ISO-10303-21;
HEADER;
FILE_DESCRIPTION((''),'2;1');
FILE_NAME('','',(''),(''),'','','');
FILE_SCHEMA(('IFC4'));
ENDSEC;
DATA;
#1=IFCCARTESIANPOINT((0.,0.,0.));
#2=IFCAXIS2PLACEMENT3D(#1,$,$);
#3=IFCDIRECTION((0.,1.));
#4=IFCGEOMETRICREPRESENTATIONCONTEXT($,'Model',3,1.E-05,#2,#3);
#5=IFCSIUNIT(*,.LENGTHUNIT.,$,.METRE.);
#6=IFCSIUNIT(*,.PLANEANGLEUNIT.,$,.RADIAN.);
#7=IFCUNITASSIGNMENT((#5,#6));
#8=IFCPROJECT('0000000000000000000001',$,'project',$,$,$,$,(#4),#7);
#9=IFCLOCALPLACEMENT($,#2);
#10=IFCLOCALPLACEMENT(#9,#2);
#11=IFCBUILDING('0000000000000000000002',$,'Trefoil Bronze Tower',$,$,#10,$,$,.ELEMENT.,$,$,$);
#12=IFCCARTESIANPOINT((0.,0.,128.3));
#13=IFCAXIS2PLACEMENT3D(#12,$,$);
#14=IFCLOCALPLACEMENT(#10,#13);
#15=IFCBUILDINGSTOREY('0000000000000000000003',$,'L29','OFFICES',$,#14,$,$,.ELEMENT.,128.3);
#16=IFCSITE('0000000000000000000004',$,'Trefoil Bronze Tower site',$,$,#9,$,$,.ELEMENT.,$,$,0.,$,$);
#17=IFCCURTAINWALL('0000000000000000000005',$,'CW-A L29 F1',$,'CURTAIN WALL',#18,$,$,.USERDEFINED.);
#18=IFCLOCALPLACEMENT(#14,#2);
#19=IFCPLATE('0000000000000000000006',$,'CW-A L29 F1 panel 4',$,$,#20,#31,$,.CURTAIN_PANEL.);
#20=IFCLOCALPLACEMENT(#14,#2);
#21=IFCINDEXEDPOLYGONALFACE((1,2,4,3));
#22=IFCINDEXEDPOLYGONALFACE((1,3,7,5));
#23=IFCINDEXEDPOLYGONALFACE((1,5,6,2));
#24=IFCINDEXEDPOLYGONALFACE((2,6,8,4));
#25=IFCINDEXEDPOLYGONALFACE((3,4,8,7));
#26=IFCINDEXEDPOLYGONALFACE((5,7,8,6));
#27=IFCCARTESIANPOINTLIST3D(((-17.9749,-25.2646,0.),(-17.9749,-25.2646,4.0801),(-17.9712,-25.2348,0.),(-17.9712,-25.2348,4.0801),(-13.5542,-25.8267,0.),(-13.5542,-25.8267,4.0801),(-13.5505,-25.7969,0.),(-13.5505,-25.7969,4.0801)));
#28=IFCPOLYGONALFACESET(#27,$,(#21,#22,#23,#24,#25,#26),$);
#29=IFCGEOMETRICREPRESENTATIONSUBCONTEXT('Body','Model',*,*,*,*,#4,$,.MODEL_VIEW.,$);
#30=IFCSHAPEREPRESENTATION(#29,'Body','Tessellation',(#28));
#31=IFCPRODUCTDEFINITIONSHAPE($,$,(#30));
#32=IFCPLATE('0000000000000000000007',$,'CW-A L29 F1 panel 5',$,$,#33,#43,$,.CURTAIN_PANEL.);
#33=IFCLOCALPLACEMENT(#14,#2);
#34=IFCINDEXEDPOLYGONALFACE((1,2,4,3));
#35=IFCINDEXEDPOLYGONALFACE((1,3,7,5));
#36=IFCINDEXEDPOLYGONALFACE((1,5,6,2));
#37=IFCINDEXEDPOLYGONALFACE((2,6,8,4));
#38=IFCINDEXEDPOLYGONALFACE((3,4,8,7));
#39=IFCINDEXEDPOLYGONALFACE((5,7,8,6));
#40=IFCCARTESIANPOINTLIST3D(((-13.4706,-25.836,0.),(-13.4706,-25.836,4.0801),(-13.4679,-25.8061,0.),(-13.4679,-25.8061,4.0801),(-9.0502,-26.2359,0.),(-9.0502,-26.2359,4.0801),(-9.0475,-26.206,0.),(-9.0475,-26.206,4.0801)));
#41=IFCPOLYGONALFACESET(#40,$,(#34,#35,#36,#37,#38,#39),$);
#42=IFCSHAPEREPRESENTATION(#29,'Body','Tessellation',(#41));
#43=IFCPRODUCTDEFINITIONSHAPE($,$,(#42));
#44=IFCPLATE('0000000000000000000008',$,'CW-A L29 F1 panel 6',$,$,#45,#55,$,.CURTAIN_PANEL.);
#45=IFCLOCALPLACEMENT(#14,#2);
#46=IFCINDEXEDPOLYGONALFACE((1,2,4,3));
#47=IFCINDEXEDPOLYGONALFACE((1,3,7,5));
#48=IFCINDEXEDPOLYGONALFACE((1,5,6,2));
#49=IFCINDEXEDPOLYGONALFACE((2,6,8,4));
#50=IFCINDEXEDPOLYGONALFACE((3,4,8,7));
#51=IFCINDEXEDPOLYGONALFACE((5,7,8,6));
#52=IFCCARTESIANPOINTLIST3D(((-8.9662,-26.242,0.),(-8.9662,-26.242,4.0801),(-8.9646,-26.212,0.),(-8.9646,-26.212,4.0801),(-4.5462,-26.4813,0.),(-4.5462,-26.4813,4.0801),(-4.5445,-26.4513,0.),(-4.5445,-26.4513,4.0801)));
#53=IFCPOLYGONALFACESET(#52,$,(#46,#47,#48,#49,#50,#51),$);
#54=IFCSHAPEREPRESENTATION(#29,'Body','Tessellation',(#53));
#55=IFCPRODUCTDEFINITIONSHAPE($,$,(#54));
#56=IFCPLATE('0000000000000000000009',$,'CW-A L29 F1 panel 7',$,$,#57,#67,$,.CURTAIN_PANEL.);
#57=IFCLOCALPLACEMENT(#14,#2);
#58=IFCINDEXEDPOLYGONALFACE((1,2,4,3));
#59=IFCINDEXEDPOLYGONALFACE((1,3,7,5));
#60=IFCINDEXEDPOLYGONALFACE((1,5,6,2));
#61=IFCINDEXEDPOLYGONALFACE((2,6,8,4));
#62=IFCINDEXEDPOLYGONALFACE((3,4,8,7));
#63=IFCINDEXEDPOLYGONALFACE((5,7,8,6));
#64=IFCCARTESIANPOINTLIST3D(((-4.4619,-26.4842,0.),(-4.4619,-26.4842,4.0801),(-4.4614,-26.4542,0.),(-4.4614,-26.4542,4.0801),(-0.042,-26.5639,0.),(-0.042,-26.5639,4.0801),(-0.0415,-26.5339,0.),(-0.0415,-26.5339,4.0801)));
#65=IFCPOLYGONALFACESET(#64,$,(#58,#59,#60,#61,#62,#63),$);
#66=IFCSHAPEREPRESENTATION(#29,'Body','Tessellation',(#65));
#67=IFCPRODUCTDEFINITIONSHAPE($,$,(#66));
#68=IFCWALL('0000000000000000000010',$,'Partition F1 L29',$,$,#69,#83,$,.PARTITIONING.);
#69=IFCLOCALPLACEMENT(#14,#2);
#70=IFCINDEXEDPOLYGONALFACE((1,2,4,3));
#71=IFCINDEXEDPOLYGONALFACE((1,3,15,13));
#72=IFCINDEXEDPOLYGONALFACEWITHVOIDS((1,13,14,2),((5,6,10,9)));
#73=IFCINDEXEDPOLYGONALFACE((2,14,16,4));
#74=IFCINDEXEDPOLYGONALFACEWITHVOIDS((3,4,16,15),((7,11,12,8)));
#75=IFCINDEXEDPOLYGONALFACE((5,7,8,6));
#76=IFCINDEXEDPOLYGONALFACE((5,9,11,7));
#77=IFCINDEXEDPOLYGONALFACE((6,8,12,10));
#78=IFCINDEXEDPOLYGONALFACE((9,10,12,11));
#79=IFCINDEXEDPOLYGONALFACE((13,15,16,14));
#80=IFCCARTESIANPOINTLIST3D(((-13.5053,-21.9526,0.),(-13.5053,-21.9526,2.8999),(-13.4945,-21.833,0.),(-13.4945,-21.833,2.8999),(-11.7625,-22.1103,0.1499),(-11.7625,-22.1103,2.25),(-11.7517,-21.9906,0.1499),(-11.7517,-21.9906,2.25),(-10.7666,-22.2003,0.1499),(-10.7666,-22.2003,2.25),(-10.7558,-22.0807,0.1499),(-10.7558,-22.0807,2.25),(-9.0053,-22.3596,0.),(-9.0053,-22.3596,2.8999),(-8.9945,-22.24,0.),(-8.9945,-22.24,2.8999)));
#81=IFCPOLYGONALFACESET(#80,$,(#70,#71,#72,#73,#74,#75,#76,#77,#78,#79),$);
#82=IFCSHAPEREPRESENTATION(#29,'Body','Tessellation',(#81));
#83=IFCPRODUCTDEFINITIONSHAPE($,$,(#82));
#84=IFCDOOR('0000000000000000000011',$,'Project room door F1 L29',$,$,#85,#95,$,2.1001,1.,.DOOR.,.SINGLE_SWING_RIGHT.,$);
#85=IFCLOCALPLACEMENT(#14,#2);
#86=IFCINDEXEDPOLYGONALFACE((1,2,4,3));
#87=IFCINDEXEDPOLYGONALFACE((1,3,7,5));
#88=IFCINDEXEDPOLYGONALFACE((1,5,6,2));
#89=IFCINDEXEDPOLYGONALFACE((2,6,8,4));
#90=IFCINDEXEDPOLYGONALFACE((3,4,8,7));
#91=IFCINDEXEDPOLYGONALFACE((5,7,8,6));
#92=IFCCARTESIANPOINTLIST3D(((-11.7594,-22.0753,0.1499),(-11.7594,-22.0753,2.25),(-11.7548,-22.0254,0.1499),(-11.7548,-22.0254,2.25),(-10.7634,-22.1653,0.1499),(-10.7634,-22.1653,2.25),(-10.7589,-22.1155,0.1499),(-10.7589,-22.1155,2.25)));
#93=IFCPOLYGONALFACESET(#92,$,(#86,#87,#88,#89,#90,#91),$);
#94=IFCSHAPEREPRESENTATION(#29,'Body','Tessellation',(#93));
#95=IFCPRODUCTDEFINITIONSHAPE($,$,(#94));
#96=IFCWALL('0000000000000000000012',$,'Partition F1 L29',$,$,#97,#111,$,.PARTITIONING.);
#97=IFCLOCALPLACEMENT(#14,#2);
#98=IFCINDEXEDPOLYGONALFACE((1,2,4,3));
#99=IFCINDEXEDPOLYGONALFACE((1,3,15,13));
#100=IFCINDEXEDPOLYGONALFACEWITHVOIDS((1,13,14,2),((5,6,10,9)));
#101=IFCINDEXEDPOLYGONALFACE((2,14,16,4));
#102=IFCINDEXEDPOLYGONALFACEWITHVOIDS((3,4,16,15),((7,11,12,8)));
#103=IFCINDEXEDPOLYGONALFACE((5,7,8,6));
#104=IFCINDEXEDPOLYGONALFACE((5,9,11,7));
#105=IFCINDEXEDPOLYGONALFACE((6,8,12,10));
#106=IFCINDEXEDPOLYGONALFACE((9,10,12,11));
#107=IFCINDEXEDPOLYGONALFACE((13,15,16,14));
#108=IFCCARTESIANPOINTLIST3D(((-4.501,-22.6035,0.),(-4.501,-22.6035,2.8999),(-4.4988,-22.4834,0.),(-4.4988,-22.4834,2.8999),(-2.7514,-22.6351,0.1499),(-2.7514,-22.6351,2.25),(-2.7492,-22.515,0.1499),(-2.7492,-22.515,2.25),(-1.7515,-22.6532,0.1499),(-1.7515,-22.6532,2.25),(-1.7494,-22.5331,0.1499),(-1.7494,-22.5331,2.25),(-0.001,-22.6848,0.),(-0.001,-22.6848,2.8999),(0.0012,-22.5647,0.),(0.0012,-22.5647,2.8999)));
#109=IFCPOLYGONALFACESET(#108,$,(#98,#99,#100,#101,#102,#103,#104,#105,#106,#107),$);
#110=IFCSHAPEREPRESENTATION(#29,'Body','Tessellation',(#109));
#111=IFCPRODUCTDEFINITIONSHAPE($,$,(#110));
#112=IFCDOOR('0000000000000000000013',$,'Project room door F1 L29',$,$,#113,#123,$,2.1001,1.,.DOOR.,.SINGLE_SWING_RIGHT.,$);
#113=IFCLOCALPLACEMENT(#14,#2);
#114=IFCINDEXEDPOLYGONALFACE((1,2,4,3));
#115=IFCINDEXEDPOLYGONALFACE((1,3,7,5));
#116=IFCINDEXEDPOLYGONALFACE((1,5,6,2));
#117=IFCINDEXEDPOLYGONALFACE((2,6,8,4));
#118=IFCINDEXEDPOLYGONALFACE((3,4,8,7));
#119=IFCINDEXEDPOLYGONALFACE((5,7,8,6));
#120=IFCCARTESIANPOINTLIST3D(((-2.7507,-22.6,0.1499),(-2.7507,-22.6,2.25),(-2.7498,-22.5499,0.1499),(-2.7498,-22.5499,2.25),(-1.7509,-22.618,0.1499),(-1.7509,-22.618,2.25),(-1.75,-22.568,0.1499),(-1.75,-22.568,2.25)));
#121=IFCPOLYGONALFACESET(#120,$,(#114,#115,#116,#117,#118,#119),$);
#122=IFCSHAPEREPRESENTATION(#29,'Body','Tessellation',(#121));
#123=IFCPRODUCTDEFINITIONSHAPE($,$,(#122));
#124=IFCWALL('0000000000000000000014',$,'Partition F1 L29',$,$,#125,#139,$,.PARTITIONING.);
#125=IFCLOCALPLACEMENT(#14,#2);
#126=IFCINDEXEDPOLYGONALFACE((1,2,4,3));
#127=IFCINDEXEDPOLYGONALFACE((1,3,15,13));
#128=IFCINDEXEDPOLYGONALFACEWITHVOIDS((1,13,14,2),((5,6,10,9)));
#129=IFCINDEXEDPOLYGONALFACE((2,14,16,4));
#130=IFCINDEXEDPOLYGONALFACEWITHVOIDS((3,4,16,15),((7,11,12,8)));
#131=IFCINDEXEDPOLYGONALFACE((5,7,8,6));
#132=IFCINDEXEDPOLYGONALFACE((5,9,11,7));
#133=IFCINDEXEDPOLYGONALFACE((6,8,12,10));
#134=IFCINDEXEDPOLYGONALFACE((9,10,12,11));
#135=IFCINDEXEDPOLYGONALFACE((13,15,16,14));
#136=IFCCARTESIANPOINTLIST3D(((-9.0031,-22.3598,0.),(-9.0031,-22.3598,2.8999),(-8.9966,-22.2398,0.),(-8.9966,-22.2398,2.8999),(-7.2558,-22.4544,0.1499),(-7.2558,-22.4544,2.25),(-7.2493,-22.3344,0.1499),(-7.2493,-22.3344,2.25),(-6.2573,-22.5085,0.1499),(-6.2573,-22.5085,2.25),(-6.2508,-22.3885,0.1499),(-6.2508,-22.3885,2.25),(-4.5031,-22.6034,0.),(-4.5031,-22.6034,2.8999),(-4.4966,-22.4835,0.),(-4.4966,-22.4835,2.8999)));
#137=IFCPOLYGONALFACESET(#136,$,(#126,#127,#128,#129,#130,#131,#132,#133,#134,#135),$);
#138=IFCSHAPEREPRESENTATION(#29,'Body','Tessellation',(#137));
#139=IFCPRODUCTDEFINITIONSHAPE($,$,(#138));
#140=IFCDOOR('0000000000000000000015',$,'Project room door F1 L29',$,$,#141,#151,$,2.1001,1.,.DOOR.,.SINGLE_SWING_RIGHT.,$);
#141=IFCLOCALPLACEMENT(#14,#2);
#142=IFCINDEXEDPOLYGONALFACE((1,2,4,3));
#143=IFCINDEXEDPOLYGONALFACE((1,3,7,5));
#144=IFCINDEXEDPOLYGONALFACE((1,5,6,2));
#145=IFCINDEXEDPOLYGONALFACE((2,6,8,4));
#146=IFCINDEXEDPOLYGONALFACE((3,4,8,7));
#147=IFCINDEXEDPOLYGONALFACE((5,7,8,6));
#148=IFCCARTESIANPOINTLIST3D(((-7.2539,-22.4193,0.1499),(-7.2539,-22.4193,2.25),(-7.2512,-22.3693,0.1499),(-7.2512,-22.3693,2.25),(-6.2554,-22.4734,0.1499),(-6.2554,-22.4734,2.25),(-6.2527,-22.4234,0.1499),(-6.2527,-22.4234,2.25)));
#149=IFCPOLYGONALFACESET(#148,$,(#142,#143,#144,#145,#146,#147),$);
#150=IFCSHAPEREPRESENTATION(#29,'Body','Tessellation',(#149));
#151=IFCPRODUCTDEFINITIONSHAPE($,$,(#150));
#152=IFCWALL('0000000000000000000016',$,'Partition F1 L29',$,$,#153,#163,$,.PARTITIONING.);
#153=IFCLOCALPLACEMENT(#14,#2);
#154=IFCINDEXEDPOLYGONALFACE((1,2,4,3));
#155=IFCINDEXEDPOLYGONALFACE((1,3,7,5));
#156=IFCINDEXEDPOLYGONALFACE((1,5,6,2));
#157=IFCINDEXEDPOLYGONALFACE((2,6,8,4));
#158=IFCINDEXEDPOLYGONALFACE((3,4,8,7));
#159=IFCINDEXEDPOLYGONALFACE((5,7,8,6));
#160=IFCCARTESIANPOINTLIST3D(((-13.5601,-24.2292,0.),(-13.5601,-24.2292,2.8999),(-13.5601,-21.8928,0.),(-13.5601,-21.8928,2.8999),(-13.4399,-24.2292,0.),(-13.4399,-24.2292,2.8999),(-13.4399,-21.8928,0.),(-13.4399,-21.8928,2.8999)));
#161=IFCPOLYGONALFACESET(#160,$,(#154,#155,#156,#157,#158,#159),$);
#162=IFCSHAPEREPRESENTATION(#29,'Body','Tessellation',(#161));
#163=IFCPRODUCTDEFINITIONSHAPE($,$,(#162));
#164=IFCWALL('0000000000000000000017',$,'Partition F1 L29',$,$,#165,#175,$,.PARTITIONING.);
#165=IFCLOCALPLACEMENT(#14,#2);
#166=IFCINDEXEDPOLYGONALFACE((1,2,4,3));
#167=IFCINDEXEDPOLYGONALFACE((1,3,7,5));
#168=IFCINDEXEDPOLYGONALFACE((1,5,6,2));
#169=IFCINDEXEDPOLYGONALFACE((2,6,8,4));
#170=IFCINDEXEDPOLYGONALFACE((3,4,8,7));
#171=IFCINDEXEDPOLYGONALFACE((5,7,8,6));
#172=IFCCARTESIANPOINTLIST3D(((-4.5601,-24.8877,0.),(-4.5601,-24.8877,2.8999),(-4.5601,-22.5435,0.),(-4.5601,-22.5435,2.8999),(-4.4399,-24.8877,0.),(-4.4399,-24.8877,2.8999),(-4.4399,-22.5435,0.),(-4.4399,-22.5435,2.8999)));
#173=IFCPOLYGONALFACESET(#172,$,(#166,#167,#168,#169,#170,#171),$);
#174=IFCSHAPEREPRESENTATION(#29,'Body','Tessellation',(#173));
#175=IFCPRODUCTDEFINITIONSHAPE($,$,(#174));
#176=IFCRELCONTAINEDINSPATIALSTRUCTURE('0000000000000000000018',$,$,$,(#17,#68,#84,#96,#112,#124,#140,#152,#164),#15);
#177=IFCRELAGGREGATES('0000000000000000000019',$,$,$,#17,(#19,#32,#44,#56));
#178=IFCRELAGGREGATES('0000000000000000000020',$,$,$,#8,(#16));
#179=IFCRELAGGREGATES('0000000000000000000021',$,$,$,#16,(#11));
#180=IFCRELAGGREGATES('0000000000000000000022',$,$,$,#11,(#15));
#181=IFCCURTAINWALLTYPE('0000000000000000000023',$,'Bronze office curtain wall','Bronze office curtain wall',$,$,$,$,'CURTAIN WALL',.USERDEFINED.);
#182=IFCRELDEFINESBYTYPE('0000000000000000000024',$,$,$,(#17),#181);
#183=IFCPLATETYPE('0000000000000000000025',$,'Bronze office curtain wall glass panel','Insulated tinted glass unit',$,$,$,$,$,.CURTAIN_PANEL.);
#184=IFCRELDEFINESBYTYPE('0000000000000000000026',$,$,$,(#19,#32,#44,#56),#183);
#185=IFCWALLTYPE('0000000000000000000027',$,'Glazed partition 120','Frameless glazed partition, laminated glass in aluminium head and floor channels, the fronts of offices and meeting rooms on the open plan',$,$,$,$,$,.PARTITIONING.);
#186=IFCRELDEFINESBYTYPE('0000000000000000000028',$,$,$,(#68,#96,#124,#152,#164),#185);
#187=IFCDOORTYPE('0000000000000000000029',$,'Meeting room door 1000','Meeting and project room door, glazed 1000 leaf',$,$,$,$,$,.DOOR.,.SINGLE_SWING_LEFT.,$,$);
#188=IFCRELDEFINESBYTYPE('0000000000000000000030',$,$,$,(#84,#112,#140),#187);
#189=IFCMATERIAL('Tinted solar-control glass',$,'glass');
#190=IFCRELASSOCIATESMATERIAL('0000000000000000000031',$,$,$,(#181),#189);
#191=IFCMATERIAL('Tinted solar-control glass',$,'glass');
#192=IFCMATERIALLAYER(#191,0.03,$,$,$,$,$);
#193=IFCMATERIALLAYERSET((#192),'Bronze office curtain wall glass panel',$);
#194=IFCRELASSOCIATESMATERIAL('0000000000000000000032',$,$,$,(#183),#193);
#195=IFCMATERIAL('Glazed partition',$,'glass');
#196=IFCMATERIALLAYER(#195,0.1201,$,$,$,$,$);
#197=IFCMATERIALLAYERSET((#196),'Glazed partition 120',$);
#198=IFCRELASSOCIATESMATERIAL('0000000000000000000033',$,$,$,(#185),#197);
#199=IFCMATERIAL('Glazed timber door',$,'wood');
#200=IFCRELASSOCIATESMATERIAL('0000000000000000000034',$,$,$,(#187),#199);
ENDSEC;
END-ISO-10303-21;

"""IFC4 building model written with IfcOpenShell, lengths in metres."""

from ifc_helpers import new_model, si_unit, direction, frame, frame_2d, origin, origin_2d, place, context, subcontext, project, spatial, rectangle, extrude, material, layer, layer_set, type_object, element, fill, aggregate, save


model = new_model("IFC4")

# Units and contexts
model_context = context("Model", 3, precision=1e-05, world=origin(), true_north=direction((0.0, 1.0)))
body_context = subcontext(model_context, "Body", "Model", "MODEL_VIEW")
ifc_project = project(units=[si_unit("LENGTHUNIT", "METRE"), si_unit("PLANEANGLEUNIT", "RADIAN")], contexts=[model_context])

# Site, building, storey
site_placement = place(None, origin())
site = spatial("IfcSite", under=ifc_project, at=site_placement, Name="Trefoil Bronze Tower site", CompositionType="ELEMENT", RefElevation=0.0)
building_placement = place(site_placement, origin())
building = spatial("IfcBuilding", under=site, at=building_placement, Name="Trefoil Bronze Tower", CompositionType="ELEMENT")
storey_placement = place(building_placement, frame((0.0, 0.0, 128.3)))
storey = spatial("IfcBuildingStorey", under=building, at=storey_placement, Name="L29", Description="OFFICES", CompositionType="ELEMENT", Elevation=128.3)

# Curtain wall
ifc_material_1 = material(Name="Tinted solar-control glass", Category="glass")
curtain_wall_type = type_object("IfcCurtainWallType", Name="Bronze office curtain wall", Description="Bronze office curtain wall", ElementType="CURTAIN WALL", PredefinedType="USERDEFINED", material=ifc_material_1)
curtain_wall_placement = place(storey_placement, origin())
curtain_wall = element("IfcCurtainWall", 1, at=curtain_wall_placement, inside=storey, type_object=curtain_wall_type, Name="CW-A L29 F1", ObjectType="CURTAIN WALL", PredefinedType="USERDEFINED")

# Plates
ifc_material_2 = material(Name="Tinted solar-control glass", Category="glass")
ifc_layer_1 = layer(ifc_material_2, 0.03)
ifc_layer_set_1 = layer_set([ifc_layer_1], Name="Bronze office curtain wall glass panel")
plate_type = type_object("IfcPlateType", Name="Bronze office curtain wall glass panel", Description="Insulated tinted glass unit", PredefinedType="CURTAIN_PANEL", material=ifc_layer_set_1)
plate_1_placement = place(storey_placement, frame((-15.7627, -25.5308, 0.0), z_axis=(0.0, 0.0, 1.0), x_axis=(0.992012, -0.126147, 0.0)))
plate_1 = element("IfcPlate", 2, at=plate_1_placement, type_object=plate_type, Name="CW-A L29 F1 panel 4", PredefinedType="CURTAIN_PANEL", context=body_context, shape_type="SweptSolid", body=[
    extrude(rectangle(XDim=4.4563, YDim=0.03, at=origin_2d()), origin(), (0.0, 0.0, 1.0), 4.0801),
])
plate_2_placement = place(storey_placement, frame((-11.259, -26.021, 0.0), z_axis=(0.0, 0.0, 1.0), x_axis=(0.995932, -0.090105, 0.0)))
plate_2 = element("IfcPlate", 3, at=plate_2_placement, type_object=plate_type, Name="CW-A L29 F1 panel 5", PredefinedType="CURTAIN_PANEL", context=body_context, shape_type="SweptSolid", body=[
    extrude(rectangle(XDim=4.4385, YDim=0.03, at=origin_2d()), origin(), (0.0, 0.0, 1.0), 4.0801),
])
plate_3_placement = place(storey_placement, frame((-6.7554, -26.3467, 0.0), z_axis=(0.0, 0.0, 1.0), x_axis=(0.998538, -0.054063, 0.0)))
plate_3 = element("IfcPlate", 4, at=plate_3_placement, type_object=plate_type, Name="CW-A L29 F1 panel 6", PredefinedType="CURTAIN_PANEL", context=body_context, shape_type="SweptSolid", body=[
    extrude(rectangle(XDim=4.4265, YDim=0.03, at=origin_2d()), origin(), (0.0, 0.0, 1.0), 4.0801),
])
plate_4_placement = place(storey_placement, frame((-2.2517, -26.509, 0.0), z_axis=(0.0, 0.0, 1.0), x_axis=(0.999838, -0.018021, 0.0)))
plate_4 = element("IfcPlate", 5, at=plate_4_placement, type_object=plate_type, Name="CW-A L29 F1 panel 7", PredefinedType="CURTAIN_PANEL", context=body_context, shape_type="SweptSolid", body=[
    extrude(rectangle(XDim=4.4207, YDim=0.03, at=origin_2d()), origin(), (0.0, 0.0, 1.0), 4.0801),
])
aggregate(curtain_wall, [plate_1, plate_2, plate_3, plate_4])

# Walls, openings, doors
ifc_material_3 = material(Name="Glazed partition", Category="glass")
ifc_layer_2 = layer(ifc_material_3, 0.1201)
ifc_layer_set_2 = layer_set([ifc_layer_2], Name="Glazed partition 120")
wall_type = type_object("IfcWallType", Name="Glazed partition 120", Description="Frameless glazed partition, laminated glass in aluminium head and floor channels, the fronts of offices and meeting rooms on the open plan", PredefinedType="PARTITIONING", material=ifc_layer_set_2)
wall_1_placement = place(storey_placement, frame((-13.5, -21.8928, 0.0), z_axis=(0.0, 0.0, 1.0), x_axis=(0.995935, -0.090073, 0.0)))
wall_1 = element("IfcWall", 6, at=wall_1_placement, inside=storey, type_object=wall_type, Name="Partition F1 L29", PredefinedType="PARTITIONING", context=body_context, shape_type="SweptSolid", body=[
    extrude(rectangle(XDim=4.5183, YDim=0.1201, at=frame_2d((2.2593, 0.0))), origin(), (0.0, 0.0, 1.0), 2.8999),
])
opening_1_placement = place(wall_1_placement, frame((1.75, 0.0, 0.1499)))
opening_1 = element("IfcOpeningElement", 7, at=opening_1_placement, cuts=wall_1, PredefinedType="OPENING", context=body_context, shape_type="SweptSolid", body=[
    extrude(rectangle(XDim=1.0, YDim=2.1001, at=frame_2d((0.5, 1.05))), frame((0.0, 0.0701, 0.0), z_axis=(0.0, -1.0, 0.0), x_axis=(1.0, 0.0, 0.0)), (0.0, 0.0, 1.0), 0.1401),
])
ifc_material_4 = material(Name="Glazed timber door", Category="wood")
door_type = type_object("IfcDoorType", Name="Meeting room door 1000", Description="Meeting and project room door, glazed 1000 leaf", OperationType="SINGLE_SWING_LEFT", PredefinedType="DOOR", material=ifc_material_4)
door_1_placement = place(opening_1_placement, frame((1.0, 0.0, 0.0), z_axis=(0.0, 0.0, 1.0), x_axis=(-1.0, 0.0, 0.0)))
door_1 = element("IfcDoor", 8, at=door_1_placement, inside=storey, type_object=door_type, Name="Project room door F1 L29", OperationType="SINGLE_SWING_RIGHT", OverallHeight=2.1001, OverallWidth=1.0, PredefinedType="DOOR", context=body_context, shape_type="SweptSolid", body=[
    extrude(rectangle(XDim=1.0, YDim=2.1001, at=frame_2d((0.5, 1.05))), frame((0.0, 0.0249, 0.0), z_axis=(0.0, -1.0, 0.0), x_axis=(1.0, 0.0, 0.0)), (0.0, 0.0, 1.0), 0.05),
])
fill(opening_1, door_1)
wall_2_placement = place(storey_placement, frame((-4.5, -22.5435, 0.0), z_axis=(0.0, 0.0, 1.0), x_axis=(0.999837, -0.018063, 0.0)))
wall_2 = element("IfcWall", 9, at=wall_2_placement, inside=storey, type_object=wall_type, Name="Partition F1 L29", PredefinedType="PARTITIONING", context=body_context, shape_type="SweptSolid", body=[
    extrude(rectangle(XDim=4.5007, YDim=0.1201, at=frame_2d((2.2505, 0.0))), origin(), (0.0, 0.0, 1.0), 2.8999),
])
opening_2_placement = place(wall_2_placement, frame((1.75, 0.0, 0.1499)))
opening_2 = element("IfcOpeningElement", 10, at=opening_2_placement, cuts=wall_2, PredefinedType="OPENING", context=body_context, shape_type="SweptSolid", body=[
    extrude(rectangle(XDim=1.0, YDim=2.1001, at=frame_2d((0.5, 1.05))), frame((0.0, 0.0701, 0.0), z_axis=(0.0, -1.0, 0.0), x_axis=(1.0, 0.0, 0.0)), (0.0, 0.0, 1.0), 0.1401),
])
door_2_placement = place(opening_2_placement, frame((1.0, 0.0, 0.0), z_axis=(0.0, 0.0, 1.0), x_axis=(-1.0, 0.0, 0.0)))
door_2 = element("IfcDoor", 11, at=door_2_placement, inside=storey, type_object=door_type, Name="Project room door F1 L29", OperationType="SINGLE_SWING_RIGHT", OverallHeight=2.1001, OverallWidth=1.0, PredefinedType="DOOR", context=body_context, shape_type="SweptSolid", body=[
    extrude(rectangle(XDim=1.0, YDim=2.1001, at=frame_2d((0.5, 1.05))), frame((0.0, 0.0249, 0.0), z_axis=(0.0, -1.0, 0.0), x_axis=(1.0, 0.0, 0.0)), (0.0, 0.0, 1.0), 0.05),
])
fill(opening_2, door_2)
wall_3_placement = place(storey_placement, frame((-9.0, -22.2998, 0.0), z_axis=(0.0, 0.0, 1.0), x_axis=(0.998537, -0.054066, 0.0)))
wall_3 = element("IfcWall", 12, at=wall_3_placement, inside=storey, type_object=wall_type, Name="Partition F1 L29", PredefinedType="PARTITIONING", context=body_context, shape_type="SweptSolid", body=[
    extrude(rectangle(XDim=4.5066, YDim=0.1201, at=frame_2d((2.2534, 0.0))), origin(), (0.0, 0.0, 1.0), 2.8999),
])
opening_3_placement = place(wall_3_placement, frame((1.75, 0.0, 0.1499)))
opening_3 = element("IfcOpeningElement", 13, at=opening_3_placement, cuts=wall_3, PredefinedType="OPENING", context=body_context, shape_type="SweptSolid", body=[
    extrude(rectangle(XDim=1.0, YDim=2.1001, at=frame_2d((0.5, 1.05))), frame((0.0, 0.0701, 0.0), z_axis=(0.0, -1.0, 0.0), x_axis=(1.0, 0.0, 0.0)), (0.0, 0.0, 1.0), 0.1401),
])
door_3_placement = place(opening_3_placement, frame((1.0, 0.0, 0.0), z_axis=(0.0, 0.0, 1.0), x_axis=(-1.0, 0.0, 0.0)))
door_3 = element("IfcDoor", 14, at=door_3_placement, inside=storey, type_object=door_type, Name="Project room door F1 L29", OperationType="SINGLE_SWING_RIGHT", OverallHeight=2.1001, OverallWidth=1.0, PredefinedType="DOOR", context=body_context, shape_type="SweptSolid", body=[
    extrude(rectangle(XDim=1.0, YDim=2.1001, at=frame_2d((0.5, 1.05))), frame((0.0, 0.0249, 0.0), z_axis=(0.0, -1.0, 0.0), x_axis=(1.0, 0.0, 0.0)), (0.0, 0.0, 1.0), 0.05),
])
fill(opening_3, door_3)

# Walls
wall_4_placement = place(storey_placement, frame((-13.5, -21.8928, 0.0), z_axis=(0.0, 0.0, 1.0), x_axis=(0.0, -1.0, 0.0)))
element("IfcWall", 15, at=wall_4_placement, inside=storey, type_object=wall_type, Name="Partition F1 L29", PredefinedType="PARTITIONING", context=body_context, shape_type="SweptSolid", body=[
    extrude(rectangle(XDim=2.3364, YDim=0.1201, at=frame_2d((1.1682, 0.0))), origin(), (0.0, 0.0, 1.0), 2.8999),
])
wall_5_placement = place(storey_placement, frame((-4.5, -22.5435, 0.0), z_axis=(0.0, 0.0, 1.0), x_axis=(0.0, -1.0, 0.0)))
element("IfcWall", 16, at=wall_5_placement, inside=storey, type_object=wall_type, Name="Partition F1 L29", PredefinedType="PARTITIONING", context=body_context, shape_type="SweptSolid", body=[
    extrude(rectangle(XDim=2.3442, YDim=0.1201, at=frame_2d((1.1721, 0.0))), origin(), (0.0, 0.0, 1.0), 2.8999),
])

save(model, "model.ifc")
